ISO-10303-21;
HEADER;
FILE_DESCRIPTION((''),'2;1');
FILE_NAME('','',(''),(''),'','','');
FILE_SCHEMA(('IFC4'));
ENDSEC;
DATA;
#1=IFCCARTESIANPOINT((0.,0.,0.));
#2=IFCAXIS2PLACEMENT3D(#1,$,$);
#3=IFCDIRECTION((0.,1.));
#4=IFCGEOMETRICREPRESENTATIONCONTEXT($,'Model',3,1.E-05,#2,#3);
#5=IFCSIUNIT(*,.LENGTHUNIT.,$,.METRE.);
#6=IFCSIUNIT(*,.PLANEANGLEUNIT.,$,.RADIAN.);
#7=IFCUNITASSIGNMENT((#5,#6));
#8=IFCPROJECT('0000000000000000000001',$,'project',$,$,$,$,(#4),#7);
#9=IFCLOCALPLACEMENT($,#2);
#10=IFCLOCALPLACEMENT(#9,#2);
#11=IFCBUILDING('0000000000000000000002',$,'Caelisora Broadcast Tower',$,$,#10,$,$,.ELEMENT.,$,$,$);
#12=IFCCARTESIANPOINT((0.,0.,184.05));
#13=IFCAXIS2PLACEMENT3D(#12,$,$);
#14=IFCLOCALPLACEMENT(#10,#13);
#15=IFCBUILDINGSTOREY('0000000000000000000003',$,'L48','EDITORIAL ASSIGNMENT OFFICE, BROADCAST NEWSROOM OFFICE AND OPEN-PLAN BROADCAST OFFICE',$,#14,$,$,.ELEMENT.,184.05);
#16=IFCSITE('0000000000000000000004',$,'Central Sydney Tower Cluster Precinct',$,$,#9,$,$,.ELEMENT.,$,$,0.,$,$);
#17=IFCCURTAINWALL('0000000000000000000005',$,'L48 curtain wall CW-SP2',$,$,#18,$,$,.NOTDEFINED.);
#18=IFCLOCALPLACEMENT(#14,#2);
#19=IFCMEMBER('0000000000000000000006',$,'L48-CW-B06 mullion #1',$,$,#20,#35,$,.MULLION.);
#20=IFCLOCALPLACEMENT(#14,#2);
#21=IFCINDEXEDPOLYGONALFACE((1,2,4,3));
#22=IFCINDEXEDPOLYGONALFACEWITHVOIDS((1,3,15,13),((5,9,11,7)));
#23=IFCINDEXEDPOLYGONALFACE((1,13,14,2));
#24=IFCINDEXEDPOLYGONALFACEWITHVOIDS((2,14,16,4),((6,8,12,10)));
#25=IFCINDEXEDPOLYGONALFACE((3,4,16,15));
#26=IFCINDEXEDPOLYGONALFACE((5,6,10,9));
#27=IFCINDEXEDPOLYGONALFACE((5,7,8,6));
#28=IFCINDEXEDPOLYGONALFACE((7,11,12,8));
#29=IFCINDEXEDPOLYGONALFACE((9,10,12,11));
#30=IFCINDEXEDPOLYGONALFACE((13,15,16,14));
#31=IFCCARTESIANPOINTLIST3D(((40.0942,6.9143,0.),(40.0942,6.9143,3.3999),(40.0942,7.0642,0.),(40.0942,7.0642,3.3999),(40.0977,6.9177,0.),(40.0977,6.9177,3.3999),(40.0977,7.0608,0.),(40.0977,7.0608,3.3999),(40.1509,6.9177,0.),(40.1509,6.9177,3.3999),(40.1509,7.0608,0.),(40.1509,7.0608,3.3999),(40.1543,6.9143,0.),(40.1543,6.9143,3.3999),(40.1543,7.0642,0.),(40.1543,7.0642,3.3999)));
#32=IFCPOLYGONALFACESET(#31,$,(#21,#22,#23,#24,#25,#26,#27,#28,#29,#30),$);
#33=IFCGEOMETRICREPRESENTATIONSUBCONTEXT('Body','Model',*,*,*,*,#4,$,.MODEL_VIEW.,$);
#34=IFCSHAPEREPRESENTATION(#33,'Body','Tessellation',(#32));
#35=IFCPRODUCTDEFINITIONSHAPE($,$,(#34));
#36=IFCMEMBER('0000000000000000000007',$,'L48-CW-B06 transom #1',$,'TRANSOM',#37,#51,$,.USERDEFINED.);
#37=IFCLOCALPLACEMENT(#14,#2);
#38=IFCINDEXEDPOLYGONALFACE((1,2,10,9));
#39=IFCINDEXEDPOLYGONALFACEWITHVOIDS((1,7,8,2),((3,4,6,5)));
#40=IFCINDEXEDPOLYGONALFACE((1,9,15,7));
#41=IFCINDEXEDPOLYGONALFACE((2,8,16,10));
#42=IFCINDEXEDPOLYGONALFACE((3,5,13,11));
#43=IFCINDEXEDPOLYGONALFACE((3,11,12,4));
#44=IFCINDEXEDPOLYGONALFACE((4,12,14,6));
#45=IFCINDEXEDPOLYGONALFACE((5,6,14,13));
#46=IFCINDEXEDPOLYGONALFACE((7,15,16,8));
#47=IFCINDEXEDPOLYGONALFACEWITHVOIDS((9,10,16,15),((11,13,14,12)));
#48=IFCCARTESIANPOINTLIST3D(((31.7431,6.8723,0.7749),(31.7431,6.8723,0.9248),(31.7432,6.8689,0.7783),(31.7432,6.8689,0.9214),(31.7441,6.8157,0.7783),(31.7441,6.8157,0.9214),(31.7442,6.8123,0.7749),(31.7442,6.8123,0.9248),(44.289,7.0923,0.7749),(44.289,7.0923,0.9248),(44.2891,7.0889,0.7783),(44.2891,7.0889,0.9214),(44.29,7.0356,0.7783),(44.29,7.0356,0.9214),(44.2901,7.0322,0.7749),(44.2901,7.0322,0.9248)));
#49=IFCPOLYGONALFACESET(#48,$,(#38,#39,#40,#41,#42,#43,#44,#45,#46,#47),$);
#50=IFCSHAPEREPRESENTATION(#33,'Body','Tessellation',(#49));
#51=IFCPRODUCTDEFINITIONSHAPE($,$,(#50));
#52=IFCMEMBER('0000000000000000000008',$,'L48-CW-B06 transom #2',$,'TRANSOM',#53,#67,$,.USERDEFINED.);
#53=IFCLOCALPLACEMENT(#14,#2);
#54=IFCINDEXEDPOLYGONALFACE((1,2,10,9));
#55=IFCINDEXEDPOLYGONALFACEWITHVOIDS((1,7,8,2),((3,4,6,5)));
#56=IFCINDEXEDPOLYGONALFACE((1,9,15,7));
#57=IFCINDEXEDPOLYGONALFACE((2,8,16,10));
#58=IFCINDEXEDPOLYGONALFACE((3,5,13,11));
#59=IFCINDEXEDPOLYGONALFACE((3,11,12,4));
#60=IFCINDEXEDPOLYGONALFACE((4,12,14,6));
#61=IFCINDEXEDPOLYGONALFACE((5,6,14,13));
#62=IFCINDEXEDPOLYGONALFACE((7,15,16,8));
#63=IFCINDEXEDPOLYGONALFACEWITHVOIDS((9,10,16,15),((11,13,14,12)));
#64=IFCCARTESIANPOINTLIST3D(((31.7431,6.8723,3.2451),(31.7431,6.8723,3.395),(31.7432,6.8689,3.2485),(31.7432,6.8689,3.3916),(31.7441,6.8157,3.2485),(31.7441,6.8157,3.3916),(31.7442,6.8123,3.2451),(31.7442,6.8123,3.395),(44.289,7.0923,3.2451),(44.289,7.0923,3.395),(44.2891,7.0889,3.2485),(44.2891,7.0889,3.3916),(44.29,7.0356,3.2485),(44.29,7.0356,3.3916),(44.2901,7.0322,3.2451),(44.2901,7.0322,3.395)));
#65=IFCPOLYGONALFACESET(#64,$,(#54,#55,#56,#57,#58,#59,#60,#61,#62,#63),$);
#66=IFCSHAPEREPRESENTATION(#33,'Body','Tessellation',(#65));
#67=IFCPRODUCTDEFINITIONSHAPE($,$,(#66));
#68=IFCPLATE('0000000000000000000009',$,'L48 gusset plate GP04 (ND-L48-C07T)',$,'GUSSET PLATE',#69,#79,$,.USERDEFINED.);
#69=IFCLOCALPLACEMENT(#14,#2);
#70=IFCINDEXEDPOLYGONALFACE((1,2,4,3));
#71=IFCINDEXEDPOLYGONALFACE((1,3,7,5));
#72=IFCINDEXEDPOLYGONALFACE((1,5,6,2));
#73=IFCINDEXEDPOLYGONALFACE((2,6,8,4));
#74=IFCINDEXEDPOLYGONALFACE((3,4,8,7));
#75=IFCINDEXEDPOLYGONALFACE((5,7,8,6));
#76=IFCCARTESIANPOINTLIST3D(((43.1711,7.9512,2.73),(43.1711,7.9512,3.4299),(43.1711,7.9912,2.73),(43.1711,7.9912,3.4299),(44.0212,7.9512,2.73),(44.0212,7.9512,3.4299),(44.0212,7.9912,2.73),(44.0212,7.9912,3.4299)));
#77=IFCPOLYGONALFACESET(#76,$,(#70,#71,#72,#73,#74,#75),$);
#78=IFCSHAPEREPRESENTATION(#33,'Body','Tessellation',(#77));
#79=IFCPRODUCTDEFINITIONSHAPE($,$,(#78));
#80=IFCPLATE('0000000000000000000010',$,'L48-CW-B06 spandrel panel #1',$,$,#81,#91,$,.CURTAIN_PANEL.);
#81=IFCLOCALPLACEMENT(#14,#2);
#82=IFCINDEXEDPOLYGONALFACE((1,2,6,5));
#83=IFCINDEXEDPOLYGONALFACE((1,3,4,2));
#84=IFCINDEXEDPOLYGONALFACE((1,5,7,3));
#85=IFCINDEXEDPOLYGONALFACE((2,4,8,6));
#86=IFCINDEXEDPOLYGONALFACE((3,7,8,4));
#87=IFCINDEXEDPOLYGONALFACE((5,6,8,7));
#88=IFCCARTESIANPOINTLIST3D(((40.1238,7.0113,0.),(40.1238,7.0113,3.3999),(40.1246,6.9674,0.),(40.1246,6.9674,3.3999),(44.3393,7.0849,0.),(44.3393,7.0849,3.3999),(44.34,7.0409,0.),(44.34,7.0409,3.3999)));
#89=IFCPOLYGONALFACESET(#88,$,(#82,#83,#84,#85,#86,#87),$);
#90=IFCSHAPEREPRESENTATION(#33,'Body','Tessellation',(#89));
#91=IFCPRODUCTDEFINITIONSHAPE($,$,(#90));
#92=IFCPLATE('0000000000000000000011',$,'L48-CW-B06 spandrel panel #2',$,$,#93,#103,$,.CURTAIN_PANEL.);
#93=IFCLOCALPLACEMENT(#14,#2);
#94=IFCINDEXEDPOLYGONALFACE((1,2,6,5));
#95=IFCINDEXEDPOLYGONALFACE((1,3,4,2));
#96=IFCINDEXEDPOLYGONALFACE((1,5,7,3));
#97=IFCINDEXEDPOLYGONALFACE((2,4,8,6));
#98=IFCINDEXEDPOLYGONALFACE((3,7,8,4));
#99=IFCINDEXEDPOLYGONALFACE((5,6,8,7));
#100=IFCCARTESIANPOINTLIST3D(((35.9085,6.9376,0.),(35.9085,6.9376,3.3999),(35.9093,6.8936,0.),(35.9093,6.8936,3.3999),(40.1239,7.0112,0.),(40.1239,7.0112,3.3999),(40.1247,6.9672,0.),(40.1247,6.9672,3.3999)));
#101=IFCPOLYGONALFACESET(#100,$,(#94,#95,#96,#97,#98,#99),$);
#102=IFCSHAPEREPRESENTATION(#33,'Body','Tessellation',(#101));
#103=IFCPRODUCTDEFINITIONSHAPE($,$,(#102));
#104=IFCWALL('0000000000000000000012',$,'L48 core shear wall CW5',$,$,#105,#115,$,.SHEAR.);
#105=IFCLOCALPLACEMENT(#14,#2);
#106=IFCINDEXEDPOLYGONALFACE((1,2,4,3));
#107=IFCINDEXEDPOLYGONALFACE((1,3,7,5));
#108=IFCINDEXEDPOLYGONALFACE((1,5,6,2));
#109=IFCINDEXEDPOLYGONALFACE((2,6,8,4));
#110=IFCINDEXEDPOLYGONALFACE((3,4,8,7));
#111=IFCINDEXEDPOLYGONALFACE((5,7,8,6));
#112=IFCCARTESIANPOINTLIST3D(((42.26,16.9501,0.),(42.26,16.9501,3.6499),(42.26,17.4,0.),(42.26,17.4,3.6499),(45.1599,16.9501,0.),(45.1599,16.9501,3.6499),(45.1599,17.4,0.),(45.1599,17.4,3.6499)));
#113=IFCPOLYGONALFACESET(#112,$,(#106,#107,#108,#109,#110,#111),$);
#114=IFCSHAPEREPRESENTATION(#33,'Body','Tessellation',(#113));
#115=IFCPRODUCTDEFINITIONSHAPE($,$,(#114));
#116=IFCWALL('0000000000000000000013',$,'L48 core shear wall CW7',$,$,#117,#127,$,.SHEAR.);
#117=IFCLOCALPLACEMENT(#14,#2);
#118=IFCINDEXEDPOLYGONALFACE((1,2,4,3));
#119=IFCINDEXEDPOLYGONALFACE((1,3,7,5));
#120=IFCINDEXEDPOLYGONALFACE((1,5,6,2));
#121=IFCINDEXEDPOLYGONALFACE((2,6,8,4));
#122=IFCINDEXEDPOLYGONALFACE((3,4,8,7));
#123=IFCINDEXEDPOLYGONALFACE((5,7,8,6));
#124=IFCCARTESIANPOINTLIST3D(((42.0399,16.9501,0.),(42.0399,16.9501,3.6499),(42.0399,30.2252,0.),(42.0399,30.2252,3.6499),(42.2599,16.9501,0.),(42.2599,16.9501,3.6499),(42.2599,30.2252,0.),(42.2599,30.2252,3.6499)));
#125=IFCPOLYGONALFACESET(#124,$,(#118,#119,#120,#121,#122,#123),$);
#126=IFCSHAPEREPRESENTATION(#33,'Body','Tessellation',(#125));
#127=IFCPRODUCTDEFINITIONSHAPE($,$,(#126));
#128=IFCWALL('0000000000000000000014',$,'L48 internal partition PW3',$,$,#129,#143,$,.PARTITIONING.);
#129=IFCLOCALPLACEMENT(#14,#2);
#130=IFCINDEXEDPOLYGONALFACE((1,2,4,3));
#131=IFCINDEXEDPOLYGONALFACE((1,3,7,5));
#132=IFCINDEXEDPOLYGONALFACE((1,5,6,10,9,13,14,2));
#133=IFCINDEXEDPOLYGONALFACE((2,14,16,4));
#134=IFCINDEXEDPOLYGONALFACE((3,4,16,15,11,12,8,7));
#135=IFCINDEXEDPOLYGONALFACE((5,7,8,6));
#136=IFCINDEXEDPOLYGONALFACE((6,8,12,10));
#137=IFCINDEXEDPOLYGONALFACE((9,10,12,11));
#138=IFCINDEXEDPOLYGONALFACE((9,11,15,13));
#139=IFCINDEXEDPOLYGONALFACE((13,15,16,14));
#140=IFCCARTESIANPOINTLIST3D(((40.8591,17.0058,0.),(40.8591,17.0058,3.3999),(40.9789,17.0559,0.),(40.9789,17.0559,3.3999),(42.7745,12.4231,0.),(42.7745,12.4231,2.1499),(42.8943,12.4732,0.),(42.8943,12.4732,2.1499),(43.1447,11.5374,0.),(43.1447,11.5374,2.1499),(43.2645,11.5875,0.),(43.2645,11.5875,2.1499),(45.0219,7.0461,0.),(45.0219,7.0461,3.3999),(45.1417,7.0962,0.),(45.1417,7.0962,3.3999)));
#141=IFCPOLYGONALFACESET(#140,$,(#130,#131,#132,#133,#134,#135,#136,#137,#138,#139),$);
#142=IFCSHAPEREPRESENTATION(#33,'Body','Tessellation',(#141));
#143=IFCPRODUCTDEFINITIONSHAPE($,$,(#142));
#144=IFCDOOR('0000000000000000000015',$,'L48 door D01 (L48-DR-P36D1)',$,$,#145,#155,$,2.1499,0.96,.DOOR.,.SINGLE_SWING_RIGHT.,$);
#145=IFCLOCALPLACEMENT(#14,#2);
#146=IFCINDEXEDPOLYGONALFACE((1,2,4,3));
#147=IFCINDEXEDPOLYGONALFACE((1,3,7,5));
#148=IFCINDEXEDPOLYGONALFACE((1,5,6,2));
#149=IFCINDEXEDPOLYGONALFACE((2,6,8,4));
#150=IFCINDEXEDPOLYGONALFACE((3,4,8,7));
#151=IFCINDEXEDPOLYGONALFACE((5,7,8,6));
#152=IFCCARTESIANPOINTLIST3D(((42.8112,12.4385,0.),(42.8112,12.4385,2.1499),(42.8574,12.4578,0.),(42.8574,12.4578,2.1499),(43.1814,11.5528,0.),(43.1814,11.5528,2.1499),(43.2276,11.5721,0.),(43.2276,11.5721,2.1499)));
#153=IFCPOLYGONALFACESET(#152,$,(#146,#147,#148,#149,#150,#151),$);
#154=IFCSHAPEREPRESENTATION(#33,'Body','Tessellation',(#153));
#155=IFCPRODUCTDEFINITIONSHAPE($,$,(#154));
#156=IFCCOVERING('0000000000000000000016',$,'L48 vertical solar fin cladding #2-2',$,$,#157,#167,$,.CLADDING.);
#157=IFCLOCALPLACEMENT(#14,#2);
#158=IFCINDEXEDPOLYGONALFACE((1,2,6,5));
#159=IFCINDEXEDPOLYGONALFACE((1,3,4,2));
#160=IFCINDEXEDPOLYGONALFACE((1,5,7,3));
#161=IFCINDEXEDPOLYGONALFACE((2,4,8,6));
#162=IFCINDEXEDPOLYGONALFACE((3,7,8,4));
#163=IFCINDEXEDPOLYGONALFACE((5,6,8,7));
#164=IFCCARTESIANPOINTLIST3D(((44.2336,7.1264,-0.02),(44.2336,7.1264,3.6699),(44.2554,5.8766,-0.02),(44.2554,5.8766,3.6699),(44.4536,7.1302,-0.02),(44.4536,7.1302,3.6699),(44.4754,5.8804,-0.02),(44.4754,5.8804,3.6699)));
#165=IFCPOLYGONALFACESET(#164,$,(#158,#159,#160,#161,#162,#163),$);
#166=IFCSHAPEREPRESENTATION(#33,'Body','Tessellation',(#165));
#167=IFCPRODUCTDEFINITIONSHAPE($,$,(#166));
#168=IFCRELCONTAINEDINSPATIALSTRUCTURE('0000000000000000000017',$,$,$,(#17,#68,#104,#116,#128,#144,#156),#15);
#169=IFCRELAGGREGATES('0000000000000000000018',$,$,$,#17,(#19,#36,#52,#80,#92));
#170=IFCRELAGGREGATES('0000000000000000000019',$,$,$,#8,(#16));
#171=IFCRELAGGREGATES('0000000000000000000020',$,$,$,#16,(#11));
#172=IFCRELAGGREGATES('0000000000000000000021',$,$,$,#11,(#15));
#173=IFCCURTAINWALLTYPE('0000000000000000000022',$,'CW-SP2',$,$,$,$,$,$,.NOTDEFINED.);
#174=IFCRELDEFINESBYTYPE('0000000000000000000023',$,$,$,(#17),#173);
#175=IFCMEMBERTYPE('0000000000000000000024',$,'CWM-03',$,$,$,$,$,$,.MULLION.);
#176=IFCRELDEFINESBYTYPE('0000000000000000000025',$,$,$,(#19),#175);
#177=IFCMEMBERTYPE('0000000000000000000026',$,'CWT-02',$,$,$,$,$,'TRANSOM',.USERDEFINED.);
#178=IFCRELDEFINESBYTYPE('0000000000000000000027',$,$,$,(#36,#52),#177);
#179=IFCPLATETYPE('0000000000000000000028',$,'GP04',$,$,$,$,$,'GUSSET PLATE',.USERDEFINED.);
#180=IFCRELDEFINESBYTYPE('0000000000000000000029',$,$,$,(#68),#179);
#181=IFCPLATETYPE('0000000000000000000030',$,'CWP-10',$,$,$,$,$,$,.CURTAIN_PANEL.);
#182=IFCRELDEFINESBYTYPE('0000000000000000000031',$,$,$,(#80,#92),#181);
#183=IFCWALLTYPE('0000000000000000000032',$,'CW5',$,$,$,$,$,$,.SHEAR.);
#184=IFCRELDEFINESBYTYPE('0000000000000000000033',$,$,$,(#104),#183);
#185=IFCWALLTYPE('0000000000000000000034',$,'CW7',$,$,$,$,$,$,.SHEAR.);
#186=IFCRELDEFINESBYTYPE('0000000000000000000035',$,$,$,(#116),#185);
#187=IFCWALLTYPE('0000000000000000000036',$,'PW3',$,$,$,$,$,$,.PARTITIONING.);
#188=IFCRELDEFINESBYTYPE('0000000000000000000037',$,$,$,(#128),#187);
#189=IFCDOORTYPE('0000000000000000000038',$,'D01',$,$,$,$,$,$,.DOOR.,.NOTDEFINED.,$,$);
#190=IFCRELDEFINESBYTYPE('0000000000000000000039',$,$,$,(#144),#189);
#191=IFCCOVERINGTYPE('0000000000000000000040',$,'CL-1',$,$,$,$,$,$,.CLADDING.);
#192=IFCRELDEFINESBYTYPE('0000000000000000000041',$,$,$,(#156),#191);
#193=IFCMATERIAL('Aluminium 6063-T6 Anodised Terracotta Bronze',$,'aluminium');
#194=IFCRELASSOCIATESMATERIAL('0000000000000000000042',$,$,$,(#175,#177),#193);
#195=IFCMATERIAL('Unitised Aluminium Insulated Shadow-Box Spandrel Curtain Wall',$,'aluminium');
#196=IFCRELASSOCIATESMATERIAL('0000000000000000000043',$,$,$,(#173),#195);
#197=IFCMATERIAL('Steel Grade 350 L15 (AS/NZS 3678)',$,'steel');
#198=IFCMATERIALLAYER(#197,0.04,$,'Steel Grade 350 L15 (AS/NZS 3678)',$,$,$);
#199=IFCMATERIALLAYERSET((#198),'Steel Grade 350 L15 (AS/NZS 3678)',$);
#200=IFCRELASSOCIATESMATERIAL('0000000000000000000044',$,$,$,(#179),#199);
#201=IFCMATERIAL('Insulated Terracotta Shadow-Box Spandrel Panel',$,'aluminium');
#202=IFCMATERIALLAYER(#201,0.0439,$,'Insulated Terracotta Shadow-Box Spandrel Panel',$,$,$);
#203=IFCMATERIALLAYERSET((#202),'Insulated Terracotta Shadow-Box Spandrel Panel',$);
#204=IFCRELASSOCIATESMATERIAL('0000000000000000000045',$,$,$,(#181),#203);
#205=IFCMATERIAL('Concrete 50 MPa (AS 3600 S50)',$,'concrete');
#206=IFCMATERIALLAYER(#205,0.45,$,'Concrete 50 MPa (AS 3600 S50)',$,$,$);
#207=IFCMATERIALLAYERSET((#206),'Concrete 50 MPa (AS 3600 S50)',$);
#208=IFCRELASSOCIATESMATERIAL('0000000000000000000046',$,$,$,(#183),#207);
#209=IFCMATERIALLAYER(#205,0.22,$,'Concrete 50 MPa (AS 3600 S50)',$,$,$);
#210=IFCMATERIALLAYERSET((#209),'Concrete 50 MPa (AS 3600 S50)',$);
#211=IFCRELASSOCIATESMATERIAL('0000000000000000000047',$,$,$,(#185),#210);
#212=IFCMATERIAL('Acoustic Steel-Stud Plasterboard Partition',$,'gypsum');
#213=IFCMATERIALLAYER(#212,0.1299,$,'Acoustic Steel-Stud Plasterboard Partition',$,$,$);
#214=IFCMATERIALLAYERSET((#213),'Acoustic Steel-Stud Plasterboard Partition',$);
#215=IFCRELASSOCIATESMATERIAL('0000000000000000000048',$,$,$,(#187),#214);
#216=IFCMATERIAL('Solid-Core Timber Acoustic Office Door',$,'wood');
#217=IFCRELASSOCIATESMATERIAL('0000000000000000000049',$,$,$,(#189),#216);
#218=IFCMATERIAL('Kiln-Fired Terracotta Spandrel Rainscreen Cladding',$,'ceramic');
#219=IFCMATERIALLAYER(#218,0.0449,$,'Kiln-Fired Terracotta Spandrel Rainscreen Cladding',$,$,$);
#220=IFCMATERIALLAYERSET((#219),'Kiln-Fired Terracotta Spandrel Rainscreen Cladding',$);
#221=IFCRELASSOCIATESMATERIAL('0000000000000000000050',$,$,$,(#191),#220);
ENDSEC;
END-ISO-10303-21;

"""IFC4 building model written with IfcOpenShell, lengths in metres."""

from ifc_helpers import new_model, si_unit, direction, frame, frame_2d, origin, origin_2d, place, context, subcontext, project, spatial, rectangle, hollow_rectangle, extrude, source, transform, mapped, material, layer, layer_set, material_profile, profile_set, type_object, type_shapes, element, fill, aggregate, save


model = new_model("IFC4")

# Units and contexts
model_context = context("Model", 3, precision=1e-05, world=origin(), true_north=direction((0.0, 1.0)))
body_context = subcontext(model_context, "Body", "Model", "MODEL_VIEW")
ifc_project = project(units=[si_unit("LENGTHUNIT", "METRE"), si_unit("PLANEANGLEUNIT", "RADIAN")], contexts=[model_context])

# Site, building, storey
site_placement = place(None, origin())
site = spatial("IfcSite", under=ifc_project, at=site_placement, Name="Central Sydney Tower Cluster Precinct", CompositionType="ELEMENT", RefElevation=0.0)
building_placement = place(site_placement, origin())
building = spatial("IfcBuilding", under=site, at=building_placement, Name="Caelisora Broadcast Tower", CompositionType="ELEMENT")
storey_placement = place(building_placement, frame((0.0, 0.0, 184.05)))
storey = spatial("IfcBuildingStorey", under=building, at=storey_placement, Name="L48", Description="EDITORIAL ASSIGNMENT OFFICE, BROADCAST NEWSROOM OFFICE AND OPEN-PLAN BROADCAST OFFICE", CompositionType="ELEMENT", Elevation=184.05)

# Shared definitions
ifc_material_1 = material(Name="Steel Grade 350 L15 (AS/NZS 3678)", Category="steel")

# Shared definitions
ifc_material_2 = material(Name="Aluminium 6063-T6 Anodised Terracotta Bronze", Category="aluminium")
ifc_material_profile_1 = material_profile(ifc_material_2, hollow_rectangle(XDim=0.0601, YDim=0.1499, WallThickness=0.0034, at=origin_2d()), Name="Aluminium 6063-T6 Anodised Terracotta Bronze")
ifc_profile_set_1 = profile_set([ifc_material_profile_1], Name="Aluminium 6063-T6 Anodised Terracotta Bronze")
member_type_1 = type_object("IfcMemberType", Name="CWM-03", PredefinedType="MULLION", material=ifc_profile_set_1)
shared_shape_1 = source(origin(), body_context, "Body", "SweptSolid", [
    extrude(hollow_rectangle(XDim=0.0601, YDim=0.1499, WallThickness=0.0034, at=origin_2d()), origin(), (0.0, 0.0, 1.0), 3.3999),
])
type_shapes(member_type_1, [shared_shape_1])

# Curtain wall, members
ifc_material_3 = material(Name="Unitised Aluminium Insulated Shadow-Box Spandrel Curtain Wall", Category="aluminium")
curtain_wall_type_1 = type_object("IfcCurtainWallType", Name="CW-SP2", PredefinedType="NOTDEFINED", material=ifc_material_3)
curtain_wall_1_placement = place(storey_placement, origin())
curtain_wall_1 = element("IfcCurtainWall", 1, at=curtain_wall_1_placement, inside=storey, type_object=curtain_wall_type_1, Name="L48 curtain wall CW-SP2", PredefinedType="NOTDEFINED")
member_1_placement = place(storey_placement, frame((40.1243, 6.9893, 0.0), z_axis=(0.0, 0.0, 1.0), x_axis=(1.0, 0.0, 0.0)))
member_1 = element("IfcMember", 2, at=member_1_placement, type_object=member_type_1, Name="L48-CW-B06 mullion #1", PredefinedType="MULLION", context=body_context, shape_type="MappedRepresentation", body=[
    mapped(shared_shape_1, transform((0.0, 0.0, 0.0), scale=1.0)),
])
ifc_material_profile_2 = material_profile(ifc_material_2, hollow_rectangle(XDim=0.0601, YDim=0.1499, WallThickness=0.0034, at=origin_2d()), Name="Aluminium 6063-T6 Anodised Terracotta Bronze")
ifc_profile_set_2 = profile_set([ifc_material_profile_2], Name="Aluminium 6063-T6 Anodised Terracotta Bronze")
member_type_2 = type_object("IfcMemberType", Name="CWT-02", ElementType="TRANSOM", PredefinedType="USERDEFINED", material=ifc_profile_set_2)
shared_shape_2 = source(origin(), body_context, "Body", "SweptSolid", [
    extrude(hollow_rectangle(XDim=0.0601, YDim=0.1499, WallThickness=0.0034, at=origin_2d()), origin(), (0.0, 0.0, 1.0), 12.5479),
])
type_shapes(member_type_2, [shared_shape_2])
member_2_placement = place(storey_placement, frame((44.2896, 7.0623, 0.8499), z_axis=(-0.999846, -0.017531, 0.0), x_axis=(0.017531, -0.999846, 0.0)))
member_2 = element("IfcMember", 3, at=member_2_placement, type_object=member_type_2, Name="L48-CW-B06 transom #1", ObjectType="TRANSOM", PredefinedType="USERDEFINED", context=body_context, shape_type="MappedRepresentation", body=[
    mapped(shared_shape_2, transform((0.0, 0.0, 0.0), scale=1.0)),
])
member_3_placement = place(storey_placement, frame((44.2896, 7.0623, 3.3201), z_axis=(-0.999846, -0.017531, 0.0), x_axis=(0.017531, -0.999846, 0.0)))
member_3 = element("IfcMember", 4, at=member_3_placement, type_object=member_type_2, Name="L48-CW-B06 transom #2", ObjectType="TRANSOM", PredefinedType="USERDEFINED", context=body_context, shape_type="MappedRepresentation", body=[
    mapped(shared_shape_2, transform((0.0, 0.0, 0.0), scale=1.0)),
])

# Plates
ifc_layer_1 = layer(ifc_material_1, 0.04, Name="Steel Grade 350 L15 (AS/NZS 3678)")
ifc_layer_set_1 = layer_set([ifc_layer_1], Name="Steel Grade 350 L15 (AS/NZS 3678)")
plate_type_1 = type_object("IfcPlateType", Name="GP04", ElementType="GUSSET PLATE", PredefinedType="USERDEFINED", material=ifc_layer_set_1)
shared_shape_3 = source(origin(), body_context, "Body", "SweptSolid", [
    extrude(rectangle(XDim=0.8501, YDim=0.04, at=origin_2d()), origin(), (0.0, 0.0, 1.0), 0.7),
])
type_shapes(plate_type_1, [shared_shape_3])
plate_1_placement = place(storey_placement, frame((43.5962, 7.9712, 2.73), z_axis=(0.0, 0.0, 1.0), x_axis=(1.0, 0.0, 0.0)))
element("IfcPlate", 5, at=plate_1_placement, inside=storey, type_object=plate_type_1, Name="L48 gusset plate GP04 (ND-L48-C07T)", ObjectType="GUSSET PLATE", PredefinedType="USERDEFINED", context=body_context, shape_type="MappedRepresentation", body=[
    mapped(shared_shape_3, transform((0.0, 0.0, 0.0), scale=1.0)),
])
ifc_material_4 = material(Name="Insulated Terracotta Shadow-Box Spandrel Panel", Category="aluminium")
ifc_layer_2 = layer(ifc_material_4, 0.0439, Name="Insulated Terracotta Shadow-Box Spandrel Panel")
ifc_layer_set_2 = layer_set([ifc_layer_2], Name="Insulated Terracotta Shadow-Box Spandrel Panel")
plate_type_2 = type_object("IfcPlateType", Name="CWP-10", PredefinedType="CURTAIN_PANEL", material=ifc_layer_set_2)
shared_shape_4 = source(origin(), body_context, "Body", "SweptSolid", [
    extrude(rectangle(XDim=4.2161, YDim=0.0439, at=origin_2d()), origin(), (0.0, 0.0, 1.0), 3.3999),
])
type_shapes(plate_type_2, [shared_shape_4])
plate_2_placement = place(storey_placement, frame((42.2319, 7.0261, 0.0), z_axis=(0.0, 0.0, 1.0), x_axis=(-0.999848, -0.017452, 0.0)))
plate_2 = element("IfcPlate", 6, at=plate_2_placement, type_object=plate_type_2, Name="L48-CW-B06 spandrel panel #1", PredefinedType="CURTAIN_PANEL", context=body_context, shape_type="MappedRepresentation", body=[
    mapped(shared_shape_4, transform((0.0, 0.0, 0.0), scale=1.0)),
])
plate_3_placement = place(storey_placement, frame((38.0166, 6.9524, 0.0), z_axis=(0.0, 0.0, 1.0), x_axis=(-0.999848, -0.017452, 0.0)))
plate_3 = element("IfcPlate", 7, at=plate_3_placement, type_object=plate_type_2, Name="L48-CW-B06 spandrel panel #2", PredefinedType="CURTAIN_PANEL", context=body_context, shape_type="MappedRepresentation", body=[
    mapped(shared_shape_4, transform((0.0, 0.0, 0.0), scale=1.0)),
])
aggregate(curtain_wall_1, [member_1, member_2, member_3, plate_2, plate_3])

# Shared definitions
ifc_material_5 = material(Name="Concrete 50 MPa (AS 3600 S50)", Category="concrete")

# Walls
ifc_layer_3 = layer(ifc_material_5, 0.45, Name="Concrete 50 MPa (AS 3600 S50)")
ifc_layer_set_3 = layer_set([ifc_layer_3], Name="Concrete 50 MPa (AS 3600 S50)")
wall_type_1 = type_object("IfcWallType", Name="CW5", PredefinedType="SHEAR", material=ifc_layer_set_3)
wall_1_placement = place(storey_placement, frame((42.26, 17.175, 0.0), z_axis=(0.0, 0.0, 1.0), x_axis=(1.0, 0.0, 0.0)))
element("IfcWall", 8, at=wall_1_placement, inside=storey, type_object=wall_type_1, Name="L48 core shear wall CW5", PredefinedType="SHEAR", context=body_context, shape_type="SweptSolid", body=[
    extrude(rectangle(XDim=2.8999, YDim=0.45, at=frame_2d((1.45, 0.0))), origin(), (0.0, 0.0, 1.0), 3.6499),
])
ifc_layer_4 = layer(ifc_material_5, 0.22, Name="Concrete 50 MPa (AS 3600 S50)")
ifc_layer_set_4 = layer_set([ifc_layer_4], Name="Concrete 50 MPa (AS 3600 S50)")
wall_type_2 = type_object("IfcWallType", Name="CW7", PredefinedType="SHEAR", material=ifc_layer_set_4)
wall_2_placement = place(storey_placement, frame((42.1499, 16.95, 0.0), z_axis=(0.0, 0.0, 1.0), x_axis=(0.0, 1.0, 0.0)))
element("IfcWall", 9, at=wall_2_placement, inside=storey, type_object=wall_type_2, Name="L48 core shear wall CW7", PredefinedType="SHEAR", context=body_context, shape_type="SweptSolid", body=[
    extrude(rectangle(XDim=13.2751, YDim=0.22, at=frame_2d((6.6377, 0.0))), origin(), (0.0, 0.0, 1.0), 3.6499),
])

# Wall, opening, door
ifc_material_6 = material(Name="Acoustic Steel-Stud Plasterboard Partition", Category="gypsum")
ifc_layer_5 = layer(ifc_material_6, 0.1299, Name="Acoustic Steel-Stud Plasterboard Partition")
ifc_layer_set_5 = layer_set([ifc_layer_5], Name="Acoustic Steel-Stud Plasterboard Partition")
wall_type_3 = type_object("IfcWallType", Name="PW3", PredefinedType="PARTITIONING", material=ifc_layer_set_5)
wall_3_placement = place(storey_placement, frame((40.9189, 17.031, 0.0), z_axis=(0.0, 0.0, 1.0), x_axis=(0.385638, -0.92265, 0.0)))
wall_3 = element("IfcWall", 10, at=wall_3_placement, inside=storey, type_object=wall_type_3, Name="L48 internal partition PW3", PredefinedType="PARTITIONING", context=body_context, shape_type="SweptSolid", body=[
    extrude(rectangle(XDim=10.7947, YDim=0.1299, at=frame_2d((5.3975, 0.0))), origin(), (0.0, 0.0, 1.0), 3.3999),
])
opening_1_placement = place(wall_3_placement, frame((4.967, 0.0, 0.0)))
opening_1 = element("IfcOpeningElement", 11, at=opening_1_placement, cuts=wall_3, PredefinedType="OPENING", context=body_context, shape_type="SweptSolid", body=[
    extrude(rectangle(XDim=0.96, YDim=2.1499, at=frame_2d((0.48, 1.075))), frame((0.0, 0.0769, 0.0), z_axis=(0.0, -1.0, 0.0), x_axis=(1.0, 0.0, 0.0)), (0.0, 0.0, 1.0), 0.1538),
])
ifc_material_7 = material(Name="Solid-Core Timber Acoustic Office Door", Category="wood")
door_type_1 = type_object("IfcDoorType", Name="D01", OperationType="NOTDEFINED", PredefinedType="DOOR", material=ifc_material_7)
door_1_placement = place(opening_1_placement, origin())
door_1 = element("IfcDoor", 12, at=door_1_placement, inside=storey, type_object=door_type_1, Name="L48 door D01 (L48-DR-P36D1)", OperationType="SINGLE_SWING_RIGHT", OverallHeight=2.1499, OverallWidth=0.96, PredefinedType="DOOR", context=body_context, shape_type="SweptSolid", body=[
    extrude(rectangle(XDim=0.96, YDim=2.1499, at=frame_2d((0.48, 1.075))), frame((0.0, 0.0249, 0.0), z_axis=(0.0, -1.0, 0.0), x_axis=(1.0, 0.0, 0.0)), (0.0, 0.0, 1.0), 0.05),
])
fill(opening_1, door_1)

# Covering
ifc_material_8 = material(Name="Kiln-Fired Terracotta Spandrel Rainscreen Cladding", Category="ceramic")
ifc_layer_6 = layer(ifc_material_8, 0.0449, Name="Kiln-Fired Terracotta Spandrel Rainscreen Cladding")
ifc_layer_set_6 = layer_set([ifc_layer_6], Name="Kiln-Fired Terracotta Spandrel Rainscreen Cladding")
covering_type = type_object("IfcCoveringType", Name="CL-1", PredefinedType="CLADDING", material=ifc_layer_set_6)
shared_shape_5 = source(origin(), body_context, "Body", "SweptSolid", [
    extrude(rectangle(XDim=0.22, YDim=1.25, at=origin_2d()), origin(), (0.0, 0.0, 1.0), 3.6899),
])
type_shapes(covering_type, [shared_shape_5])
covering_placement = place(storey_placement, frame((44.3545, 6.5034, -0.02), z_axis=(0.0, 0.0, 1.0), x_axis=(-0.999848, -0.017452, 0.0)))
element("IfcCovering", 13, at=covering_placement, inside=storey, type_object=covering_type, Name="L48 vertical solar fin cladding #2-2", PredefinedType="CLADDING", context=body_context, shape_type="MappedRepresentation", body=[
    mapped(shared_shape_5, transform((0.0, 0.0, 0.0), scale=1.0)),
])

save(model, "model.ifc")
